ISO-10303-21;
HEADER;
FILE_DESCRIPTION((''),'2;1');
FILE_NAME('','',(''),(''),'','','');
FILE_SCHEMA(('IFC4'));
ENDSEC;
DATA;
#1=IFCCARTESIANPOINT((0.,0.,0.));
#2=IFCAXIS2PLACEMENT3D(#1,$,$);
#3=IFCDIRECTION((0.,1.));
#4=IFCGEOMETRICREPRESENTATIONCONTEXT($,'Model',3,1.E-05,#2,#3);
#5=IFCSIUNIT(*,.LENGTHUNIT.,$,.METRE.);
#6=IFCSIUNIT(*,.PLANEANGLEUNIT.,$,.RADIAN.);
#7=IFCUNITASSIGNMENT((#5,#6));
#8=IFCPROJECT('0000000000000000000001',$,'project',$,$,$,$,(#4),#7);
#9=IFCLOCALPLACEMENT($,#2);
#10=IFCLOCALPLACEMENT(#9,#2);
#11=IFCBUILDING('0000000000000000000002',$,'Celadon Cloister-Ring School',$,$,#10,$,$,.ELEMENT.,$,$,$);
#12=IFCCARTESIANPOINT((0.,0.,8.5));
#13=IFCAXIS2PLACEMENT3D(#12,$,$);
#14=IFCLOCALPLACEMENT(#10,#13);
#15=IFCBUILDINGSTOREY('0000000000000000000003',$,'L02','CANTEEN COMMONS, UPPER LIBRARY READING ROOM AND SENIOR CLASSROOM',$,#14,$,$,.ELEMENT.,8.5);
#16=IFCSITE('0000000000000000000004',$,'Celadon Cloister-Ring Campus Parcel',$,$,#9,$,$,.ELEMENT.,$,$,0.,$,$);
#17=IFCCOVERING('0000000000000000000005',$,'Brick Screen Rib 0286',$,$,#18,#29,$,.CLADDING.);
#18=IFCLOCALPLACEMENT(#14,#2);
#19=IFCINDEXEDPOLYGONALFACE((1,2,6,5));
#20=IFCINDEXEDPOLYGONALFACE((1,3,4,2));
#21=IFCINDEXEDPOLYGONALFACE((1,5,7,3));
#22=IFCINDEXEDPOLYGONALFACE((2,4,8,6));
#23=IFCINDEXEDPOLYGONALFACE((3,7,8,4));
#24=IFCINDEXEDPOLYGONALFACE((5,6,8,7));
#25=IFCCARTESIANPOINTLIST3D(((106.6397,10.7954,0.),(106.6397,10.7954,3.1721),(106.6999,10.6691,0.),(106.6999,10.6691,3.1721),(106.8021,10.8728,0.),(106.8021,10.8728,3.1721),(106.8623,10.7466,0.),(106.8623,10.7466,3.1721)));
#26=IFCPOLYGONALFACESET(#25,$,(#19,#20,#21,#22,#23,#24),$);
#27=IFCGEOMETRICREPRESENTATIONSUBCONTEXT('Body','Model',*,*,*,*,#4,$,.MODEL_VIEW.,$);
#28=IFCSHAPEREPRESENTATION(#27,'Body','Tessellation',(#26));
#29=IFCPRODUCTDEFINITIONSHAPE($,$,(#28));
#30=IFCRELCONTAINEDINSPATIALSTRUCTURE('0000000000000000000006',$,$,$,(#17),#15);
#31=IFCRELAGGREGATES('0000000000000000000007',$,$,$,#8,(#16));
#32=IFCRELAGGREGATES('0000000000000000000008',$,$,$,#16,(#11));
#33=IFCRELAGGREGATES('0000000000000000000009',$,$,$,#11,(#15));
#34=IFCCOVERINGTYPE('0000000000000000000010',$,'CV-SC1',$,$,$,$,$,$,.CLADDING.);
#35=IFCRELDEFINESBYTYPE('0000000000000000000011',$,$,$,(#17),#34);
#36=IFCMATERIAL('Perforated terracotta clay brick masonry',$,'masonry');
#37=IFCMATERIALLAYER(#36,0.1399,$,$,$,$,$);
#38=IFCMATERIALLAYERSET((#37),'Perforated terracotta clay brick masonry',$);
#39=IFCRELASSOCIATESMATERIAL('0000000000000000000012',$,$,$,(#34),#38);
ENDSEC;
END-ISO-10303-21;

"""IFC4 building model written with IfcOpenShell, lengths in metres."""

from ifc_helpers import new_model, si_unit, direction, frame, origin, origin_2d, place, context, subcontext, project, spatial, rectangle, extrude, material, layer, layer_set, type_object, element, save


model = new_model("IFC4")

# Units and contexts
model_context = context("Model", 3, precision=1e-05, world=origin(), true_north=direction((0.0, 1.0)))
body_context = subcontext(model_context, "Body", "Model", "MODEL_VIEW")
ifc_project = project(units=[si_unit("LENGTHUNIT", "METRE"), si_unit("PLANEANGLEUNIT", "RADIAN")], contexts=[model_context])

# Site, building, storey
site_placement = place(None, origin())
site = spatial("IfcSite", under=ifc_project, at=site_placement, Name="Celadon Cloister-Ring Campus Parcel", CompositionType="ELEMENT", RefElevation=0.0)
building_placement = place(site_placement, origin())
building = spatial("IfcBuilding", under=site, at=building_placement, Name="Celadon Cloister-Ring School", CompositionType="ELEMENT")
storey_placement = place(building_placement, frame((0.0, 0.0, 8.5)))
storey = spatial("IfcBuildingStorey", under=building, at=storey_placement, Name="L02", Description="CANTEEN COMMONS, UPPER LIBRARY READING ROOM AND SENIOR CLASSROOM", CompositionType="ELEMENT", Elevation=8.5)

# Covering
ifc_material_1 = material(Name="Perforated terracotta clay brick masonry", Category="masonry")
ifc_layer_1 = layer(ifc_material_1, 0.1399)
ifc_layer_set_1 = layer_set([ifc_layer_1], Name="Perforated terracotta clay brick masonry")
covering_type = type_object("IfcCoveringType", Name="CV-SC1", PredefinedType="CLADDING", material=ifc_layer_set_1)
for number, where, z_axis, x_axis, name in (
    (1, (106.751, 10.771, 0.0), (0.0, 0.0, 1.0), (-0.902683, -0.430306, 0.0), "Brick Screen Rib 0286"),
):
    element("IfcCovering", number, at=place(storey_placement, frame(where, z_axis=z_axis, x_axis=x_axis)), inside=storey, type_object=covering_type, Name=name, PredefinedType="CLADDING", context=body_context, shape_type="SweptSolid", body=[
        extrude(rectangle(XDim=0.1799, YDim=0.1399, at=origin_2d()), origin(), (0.0, 0.0, 1.0), 3.1721),
    ])

save(model, "model.ifc")
